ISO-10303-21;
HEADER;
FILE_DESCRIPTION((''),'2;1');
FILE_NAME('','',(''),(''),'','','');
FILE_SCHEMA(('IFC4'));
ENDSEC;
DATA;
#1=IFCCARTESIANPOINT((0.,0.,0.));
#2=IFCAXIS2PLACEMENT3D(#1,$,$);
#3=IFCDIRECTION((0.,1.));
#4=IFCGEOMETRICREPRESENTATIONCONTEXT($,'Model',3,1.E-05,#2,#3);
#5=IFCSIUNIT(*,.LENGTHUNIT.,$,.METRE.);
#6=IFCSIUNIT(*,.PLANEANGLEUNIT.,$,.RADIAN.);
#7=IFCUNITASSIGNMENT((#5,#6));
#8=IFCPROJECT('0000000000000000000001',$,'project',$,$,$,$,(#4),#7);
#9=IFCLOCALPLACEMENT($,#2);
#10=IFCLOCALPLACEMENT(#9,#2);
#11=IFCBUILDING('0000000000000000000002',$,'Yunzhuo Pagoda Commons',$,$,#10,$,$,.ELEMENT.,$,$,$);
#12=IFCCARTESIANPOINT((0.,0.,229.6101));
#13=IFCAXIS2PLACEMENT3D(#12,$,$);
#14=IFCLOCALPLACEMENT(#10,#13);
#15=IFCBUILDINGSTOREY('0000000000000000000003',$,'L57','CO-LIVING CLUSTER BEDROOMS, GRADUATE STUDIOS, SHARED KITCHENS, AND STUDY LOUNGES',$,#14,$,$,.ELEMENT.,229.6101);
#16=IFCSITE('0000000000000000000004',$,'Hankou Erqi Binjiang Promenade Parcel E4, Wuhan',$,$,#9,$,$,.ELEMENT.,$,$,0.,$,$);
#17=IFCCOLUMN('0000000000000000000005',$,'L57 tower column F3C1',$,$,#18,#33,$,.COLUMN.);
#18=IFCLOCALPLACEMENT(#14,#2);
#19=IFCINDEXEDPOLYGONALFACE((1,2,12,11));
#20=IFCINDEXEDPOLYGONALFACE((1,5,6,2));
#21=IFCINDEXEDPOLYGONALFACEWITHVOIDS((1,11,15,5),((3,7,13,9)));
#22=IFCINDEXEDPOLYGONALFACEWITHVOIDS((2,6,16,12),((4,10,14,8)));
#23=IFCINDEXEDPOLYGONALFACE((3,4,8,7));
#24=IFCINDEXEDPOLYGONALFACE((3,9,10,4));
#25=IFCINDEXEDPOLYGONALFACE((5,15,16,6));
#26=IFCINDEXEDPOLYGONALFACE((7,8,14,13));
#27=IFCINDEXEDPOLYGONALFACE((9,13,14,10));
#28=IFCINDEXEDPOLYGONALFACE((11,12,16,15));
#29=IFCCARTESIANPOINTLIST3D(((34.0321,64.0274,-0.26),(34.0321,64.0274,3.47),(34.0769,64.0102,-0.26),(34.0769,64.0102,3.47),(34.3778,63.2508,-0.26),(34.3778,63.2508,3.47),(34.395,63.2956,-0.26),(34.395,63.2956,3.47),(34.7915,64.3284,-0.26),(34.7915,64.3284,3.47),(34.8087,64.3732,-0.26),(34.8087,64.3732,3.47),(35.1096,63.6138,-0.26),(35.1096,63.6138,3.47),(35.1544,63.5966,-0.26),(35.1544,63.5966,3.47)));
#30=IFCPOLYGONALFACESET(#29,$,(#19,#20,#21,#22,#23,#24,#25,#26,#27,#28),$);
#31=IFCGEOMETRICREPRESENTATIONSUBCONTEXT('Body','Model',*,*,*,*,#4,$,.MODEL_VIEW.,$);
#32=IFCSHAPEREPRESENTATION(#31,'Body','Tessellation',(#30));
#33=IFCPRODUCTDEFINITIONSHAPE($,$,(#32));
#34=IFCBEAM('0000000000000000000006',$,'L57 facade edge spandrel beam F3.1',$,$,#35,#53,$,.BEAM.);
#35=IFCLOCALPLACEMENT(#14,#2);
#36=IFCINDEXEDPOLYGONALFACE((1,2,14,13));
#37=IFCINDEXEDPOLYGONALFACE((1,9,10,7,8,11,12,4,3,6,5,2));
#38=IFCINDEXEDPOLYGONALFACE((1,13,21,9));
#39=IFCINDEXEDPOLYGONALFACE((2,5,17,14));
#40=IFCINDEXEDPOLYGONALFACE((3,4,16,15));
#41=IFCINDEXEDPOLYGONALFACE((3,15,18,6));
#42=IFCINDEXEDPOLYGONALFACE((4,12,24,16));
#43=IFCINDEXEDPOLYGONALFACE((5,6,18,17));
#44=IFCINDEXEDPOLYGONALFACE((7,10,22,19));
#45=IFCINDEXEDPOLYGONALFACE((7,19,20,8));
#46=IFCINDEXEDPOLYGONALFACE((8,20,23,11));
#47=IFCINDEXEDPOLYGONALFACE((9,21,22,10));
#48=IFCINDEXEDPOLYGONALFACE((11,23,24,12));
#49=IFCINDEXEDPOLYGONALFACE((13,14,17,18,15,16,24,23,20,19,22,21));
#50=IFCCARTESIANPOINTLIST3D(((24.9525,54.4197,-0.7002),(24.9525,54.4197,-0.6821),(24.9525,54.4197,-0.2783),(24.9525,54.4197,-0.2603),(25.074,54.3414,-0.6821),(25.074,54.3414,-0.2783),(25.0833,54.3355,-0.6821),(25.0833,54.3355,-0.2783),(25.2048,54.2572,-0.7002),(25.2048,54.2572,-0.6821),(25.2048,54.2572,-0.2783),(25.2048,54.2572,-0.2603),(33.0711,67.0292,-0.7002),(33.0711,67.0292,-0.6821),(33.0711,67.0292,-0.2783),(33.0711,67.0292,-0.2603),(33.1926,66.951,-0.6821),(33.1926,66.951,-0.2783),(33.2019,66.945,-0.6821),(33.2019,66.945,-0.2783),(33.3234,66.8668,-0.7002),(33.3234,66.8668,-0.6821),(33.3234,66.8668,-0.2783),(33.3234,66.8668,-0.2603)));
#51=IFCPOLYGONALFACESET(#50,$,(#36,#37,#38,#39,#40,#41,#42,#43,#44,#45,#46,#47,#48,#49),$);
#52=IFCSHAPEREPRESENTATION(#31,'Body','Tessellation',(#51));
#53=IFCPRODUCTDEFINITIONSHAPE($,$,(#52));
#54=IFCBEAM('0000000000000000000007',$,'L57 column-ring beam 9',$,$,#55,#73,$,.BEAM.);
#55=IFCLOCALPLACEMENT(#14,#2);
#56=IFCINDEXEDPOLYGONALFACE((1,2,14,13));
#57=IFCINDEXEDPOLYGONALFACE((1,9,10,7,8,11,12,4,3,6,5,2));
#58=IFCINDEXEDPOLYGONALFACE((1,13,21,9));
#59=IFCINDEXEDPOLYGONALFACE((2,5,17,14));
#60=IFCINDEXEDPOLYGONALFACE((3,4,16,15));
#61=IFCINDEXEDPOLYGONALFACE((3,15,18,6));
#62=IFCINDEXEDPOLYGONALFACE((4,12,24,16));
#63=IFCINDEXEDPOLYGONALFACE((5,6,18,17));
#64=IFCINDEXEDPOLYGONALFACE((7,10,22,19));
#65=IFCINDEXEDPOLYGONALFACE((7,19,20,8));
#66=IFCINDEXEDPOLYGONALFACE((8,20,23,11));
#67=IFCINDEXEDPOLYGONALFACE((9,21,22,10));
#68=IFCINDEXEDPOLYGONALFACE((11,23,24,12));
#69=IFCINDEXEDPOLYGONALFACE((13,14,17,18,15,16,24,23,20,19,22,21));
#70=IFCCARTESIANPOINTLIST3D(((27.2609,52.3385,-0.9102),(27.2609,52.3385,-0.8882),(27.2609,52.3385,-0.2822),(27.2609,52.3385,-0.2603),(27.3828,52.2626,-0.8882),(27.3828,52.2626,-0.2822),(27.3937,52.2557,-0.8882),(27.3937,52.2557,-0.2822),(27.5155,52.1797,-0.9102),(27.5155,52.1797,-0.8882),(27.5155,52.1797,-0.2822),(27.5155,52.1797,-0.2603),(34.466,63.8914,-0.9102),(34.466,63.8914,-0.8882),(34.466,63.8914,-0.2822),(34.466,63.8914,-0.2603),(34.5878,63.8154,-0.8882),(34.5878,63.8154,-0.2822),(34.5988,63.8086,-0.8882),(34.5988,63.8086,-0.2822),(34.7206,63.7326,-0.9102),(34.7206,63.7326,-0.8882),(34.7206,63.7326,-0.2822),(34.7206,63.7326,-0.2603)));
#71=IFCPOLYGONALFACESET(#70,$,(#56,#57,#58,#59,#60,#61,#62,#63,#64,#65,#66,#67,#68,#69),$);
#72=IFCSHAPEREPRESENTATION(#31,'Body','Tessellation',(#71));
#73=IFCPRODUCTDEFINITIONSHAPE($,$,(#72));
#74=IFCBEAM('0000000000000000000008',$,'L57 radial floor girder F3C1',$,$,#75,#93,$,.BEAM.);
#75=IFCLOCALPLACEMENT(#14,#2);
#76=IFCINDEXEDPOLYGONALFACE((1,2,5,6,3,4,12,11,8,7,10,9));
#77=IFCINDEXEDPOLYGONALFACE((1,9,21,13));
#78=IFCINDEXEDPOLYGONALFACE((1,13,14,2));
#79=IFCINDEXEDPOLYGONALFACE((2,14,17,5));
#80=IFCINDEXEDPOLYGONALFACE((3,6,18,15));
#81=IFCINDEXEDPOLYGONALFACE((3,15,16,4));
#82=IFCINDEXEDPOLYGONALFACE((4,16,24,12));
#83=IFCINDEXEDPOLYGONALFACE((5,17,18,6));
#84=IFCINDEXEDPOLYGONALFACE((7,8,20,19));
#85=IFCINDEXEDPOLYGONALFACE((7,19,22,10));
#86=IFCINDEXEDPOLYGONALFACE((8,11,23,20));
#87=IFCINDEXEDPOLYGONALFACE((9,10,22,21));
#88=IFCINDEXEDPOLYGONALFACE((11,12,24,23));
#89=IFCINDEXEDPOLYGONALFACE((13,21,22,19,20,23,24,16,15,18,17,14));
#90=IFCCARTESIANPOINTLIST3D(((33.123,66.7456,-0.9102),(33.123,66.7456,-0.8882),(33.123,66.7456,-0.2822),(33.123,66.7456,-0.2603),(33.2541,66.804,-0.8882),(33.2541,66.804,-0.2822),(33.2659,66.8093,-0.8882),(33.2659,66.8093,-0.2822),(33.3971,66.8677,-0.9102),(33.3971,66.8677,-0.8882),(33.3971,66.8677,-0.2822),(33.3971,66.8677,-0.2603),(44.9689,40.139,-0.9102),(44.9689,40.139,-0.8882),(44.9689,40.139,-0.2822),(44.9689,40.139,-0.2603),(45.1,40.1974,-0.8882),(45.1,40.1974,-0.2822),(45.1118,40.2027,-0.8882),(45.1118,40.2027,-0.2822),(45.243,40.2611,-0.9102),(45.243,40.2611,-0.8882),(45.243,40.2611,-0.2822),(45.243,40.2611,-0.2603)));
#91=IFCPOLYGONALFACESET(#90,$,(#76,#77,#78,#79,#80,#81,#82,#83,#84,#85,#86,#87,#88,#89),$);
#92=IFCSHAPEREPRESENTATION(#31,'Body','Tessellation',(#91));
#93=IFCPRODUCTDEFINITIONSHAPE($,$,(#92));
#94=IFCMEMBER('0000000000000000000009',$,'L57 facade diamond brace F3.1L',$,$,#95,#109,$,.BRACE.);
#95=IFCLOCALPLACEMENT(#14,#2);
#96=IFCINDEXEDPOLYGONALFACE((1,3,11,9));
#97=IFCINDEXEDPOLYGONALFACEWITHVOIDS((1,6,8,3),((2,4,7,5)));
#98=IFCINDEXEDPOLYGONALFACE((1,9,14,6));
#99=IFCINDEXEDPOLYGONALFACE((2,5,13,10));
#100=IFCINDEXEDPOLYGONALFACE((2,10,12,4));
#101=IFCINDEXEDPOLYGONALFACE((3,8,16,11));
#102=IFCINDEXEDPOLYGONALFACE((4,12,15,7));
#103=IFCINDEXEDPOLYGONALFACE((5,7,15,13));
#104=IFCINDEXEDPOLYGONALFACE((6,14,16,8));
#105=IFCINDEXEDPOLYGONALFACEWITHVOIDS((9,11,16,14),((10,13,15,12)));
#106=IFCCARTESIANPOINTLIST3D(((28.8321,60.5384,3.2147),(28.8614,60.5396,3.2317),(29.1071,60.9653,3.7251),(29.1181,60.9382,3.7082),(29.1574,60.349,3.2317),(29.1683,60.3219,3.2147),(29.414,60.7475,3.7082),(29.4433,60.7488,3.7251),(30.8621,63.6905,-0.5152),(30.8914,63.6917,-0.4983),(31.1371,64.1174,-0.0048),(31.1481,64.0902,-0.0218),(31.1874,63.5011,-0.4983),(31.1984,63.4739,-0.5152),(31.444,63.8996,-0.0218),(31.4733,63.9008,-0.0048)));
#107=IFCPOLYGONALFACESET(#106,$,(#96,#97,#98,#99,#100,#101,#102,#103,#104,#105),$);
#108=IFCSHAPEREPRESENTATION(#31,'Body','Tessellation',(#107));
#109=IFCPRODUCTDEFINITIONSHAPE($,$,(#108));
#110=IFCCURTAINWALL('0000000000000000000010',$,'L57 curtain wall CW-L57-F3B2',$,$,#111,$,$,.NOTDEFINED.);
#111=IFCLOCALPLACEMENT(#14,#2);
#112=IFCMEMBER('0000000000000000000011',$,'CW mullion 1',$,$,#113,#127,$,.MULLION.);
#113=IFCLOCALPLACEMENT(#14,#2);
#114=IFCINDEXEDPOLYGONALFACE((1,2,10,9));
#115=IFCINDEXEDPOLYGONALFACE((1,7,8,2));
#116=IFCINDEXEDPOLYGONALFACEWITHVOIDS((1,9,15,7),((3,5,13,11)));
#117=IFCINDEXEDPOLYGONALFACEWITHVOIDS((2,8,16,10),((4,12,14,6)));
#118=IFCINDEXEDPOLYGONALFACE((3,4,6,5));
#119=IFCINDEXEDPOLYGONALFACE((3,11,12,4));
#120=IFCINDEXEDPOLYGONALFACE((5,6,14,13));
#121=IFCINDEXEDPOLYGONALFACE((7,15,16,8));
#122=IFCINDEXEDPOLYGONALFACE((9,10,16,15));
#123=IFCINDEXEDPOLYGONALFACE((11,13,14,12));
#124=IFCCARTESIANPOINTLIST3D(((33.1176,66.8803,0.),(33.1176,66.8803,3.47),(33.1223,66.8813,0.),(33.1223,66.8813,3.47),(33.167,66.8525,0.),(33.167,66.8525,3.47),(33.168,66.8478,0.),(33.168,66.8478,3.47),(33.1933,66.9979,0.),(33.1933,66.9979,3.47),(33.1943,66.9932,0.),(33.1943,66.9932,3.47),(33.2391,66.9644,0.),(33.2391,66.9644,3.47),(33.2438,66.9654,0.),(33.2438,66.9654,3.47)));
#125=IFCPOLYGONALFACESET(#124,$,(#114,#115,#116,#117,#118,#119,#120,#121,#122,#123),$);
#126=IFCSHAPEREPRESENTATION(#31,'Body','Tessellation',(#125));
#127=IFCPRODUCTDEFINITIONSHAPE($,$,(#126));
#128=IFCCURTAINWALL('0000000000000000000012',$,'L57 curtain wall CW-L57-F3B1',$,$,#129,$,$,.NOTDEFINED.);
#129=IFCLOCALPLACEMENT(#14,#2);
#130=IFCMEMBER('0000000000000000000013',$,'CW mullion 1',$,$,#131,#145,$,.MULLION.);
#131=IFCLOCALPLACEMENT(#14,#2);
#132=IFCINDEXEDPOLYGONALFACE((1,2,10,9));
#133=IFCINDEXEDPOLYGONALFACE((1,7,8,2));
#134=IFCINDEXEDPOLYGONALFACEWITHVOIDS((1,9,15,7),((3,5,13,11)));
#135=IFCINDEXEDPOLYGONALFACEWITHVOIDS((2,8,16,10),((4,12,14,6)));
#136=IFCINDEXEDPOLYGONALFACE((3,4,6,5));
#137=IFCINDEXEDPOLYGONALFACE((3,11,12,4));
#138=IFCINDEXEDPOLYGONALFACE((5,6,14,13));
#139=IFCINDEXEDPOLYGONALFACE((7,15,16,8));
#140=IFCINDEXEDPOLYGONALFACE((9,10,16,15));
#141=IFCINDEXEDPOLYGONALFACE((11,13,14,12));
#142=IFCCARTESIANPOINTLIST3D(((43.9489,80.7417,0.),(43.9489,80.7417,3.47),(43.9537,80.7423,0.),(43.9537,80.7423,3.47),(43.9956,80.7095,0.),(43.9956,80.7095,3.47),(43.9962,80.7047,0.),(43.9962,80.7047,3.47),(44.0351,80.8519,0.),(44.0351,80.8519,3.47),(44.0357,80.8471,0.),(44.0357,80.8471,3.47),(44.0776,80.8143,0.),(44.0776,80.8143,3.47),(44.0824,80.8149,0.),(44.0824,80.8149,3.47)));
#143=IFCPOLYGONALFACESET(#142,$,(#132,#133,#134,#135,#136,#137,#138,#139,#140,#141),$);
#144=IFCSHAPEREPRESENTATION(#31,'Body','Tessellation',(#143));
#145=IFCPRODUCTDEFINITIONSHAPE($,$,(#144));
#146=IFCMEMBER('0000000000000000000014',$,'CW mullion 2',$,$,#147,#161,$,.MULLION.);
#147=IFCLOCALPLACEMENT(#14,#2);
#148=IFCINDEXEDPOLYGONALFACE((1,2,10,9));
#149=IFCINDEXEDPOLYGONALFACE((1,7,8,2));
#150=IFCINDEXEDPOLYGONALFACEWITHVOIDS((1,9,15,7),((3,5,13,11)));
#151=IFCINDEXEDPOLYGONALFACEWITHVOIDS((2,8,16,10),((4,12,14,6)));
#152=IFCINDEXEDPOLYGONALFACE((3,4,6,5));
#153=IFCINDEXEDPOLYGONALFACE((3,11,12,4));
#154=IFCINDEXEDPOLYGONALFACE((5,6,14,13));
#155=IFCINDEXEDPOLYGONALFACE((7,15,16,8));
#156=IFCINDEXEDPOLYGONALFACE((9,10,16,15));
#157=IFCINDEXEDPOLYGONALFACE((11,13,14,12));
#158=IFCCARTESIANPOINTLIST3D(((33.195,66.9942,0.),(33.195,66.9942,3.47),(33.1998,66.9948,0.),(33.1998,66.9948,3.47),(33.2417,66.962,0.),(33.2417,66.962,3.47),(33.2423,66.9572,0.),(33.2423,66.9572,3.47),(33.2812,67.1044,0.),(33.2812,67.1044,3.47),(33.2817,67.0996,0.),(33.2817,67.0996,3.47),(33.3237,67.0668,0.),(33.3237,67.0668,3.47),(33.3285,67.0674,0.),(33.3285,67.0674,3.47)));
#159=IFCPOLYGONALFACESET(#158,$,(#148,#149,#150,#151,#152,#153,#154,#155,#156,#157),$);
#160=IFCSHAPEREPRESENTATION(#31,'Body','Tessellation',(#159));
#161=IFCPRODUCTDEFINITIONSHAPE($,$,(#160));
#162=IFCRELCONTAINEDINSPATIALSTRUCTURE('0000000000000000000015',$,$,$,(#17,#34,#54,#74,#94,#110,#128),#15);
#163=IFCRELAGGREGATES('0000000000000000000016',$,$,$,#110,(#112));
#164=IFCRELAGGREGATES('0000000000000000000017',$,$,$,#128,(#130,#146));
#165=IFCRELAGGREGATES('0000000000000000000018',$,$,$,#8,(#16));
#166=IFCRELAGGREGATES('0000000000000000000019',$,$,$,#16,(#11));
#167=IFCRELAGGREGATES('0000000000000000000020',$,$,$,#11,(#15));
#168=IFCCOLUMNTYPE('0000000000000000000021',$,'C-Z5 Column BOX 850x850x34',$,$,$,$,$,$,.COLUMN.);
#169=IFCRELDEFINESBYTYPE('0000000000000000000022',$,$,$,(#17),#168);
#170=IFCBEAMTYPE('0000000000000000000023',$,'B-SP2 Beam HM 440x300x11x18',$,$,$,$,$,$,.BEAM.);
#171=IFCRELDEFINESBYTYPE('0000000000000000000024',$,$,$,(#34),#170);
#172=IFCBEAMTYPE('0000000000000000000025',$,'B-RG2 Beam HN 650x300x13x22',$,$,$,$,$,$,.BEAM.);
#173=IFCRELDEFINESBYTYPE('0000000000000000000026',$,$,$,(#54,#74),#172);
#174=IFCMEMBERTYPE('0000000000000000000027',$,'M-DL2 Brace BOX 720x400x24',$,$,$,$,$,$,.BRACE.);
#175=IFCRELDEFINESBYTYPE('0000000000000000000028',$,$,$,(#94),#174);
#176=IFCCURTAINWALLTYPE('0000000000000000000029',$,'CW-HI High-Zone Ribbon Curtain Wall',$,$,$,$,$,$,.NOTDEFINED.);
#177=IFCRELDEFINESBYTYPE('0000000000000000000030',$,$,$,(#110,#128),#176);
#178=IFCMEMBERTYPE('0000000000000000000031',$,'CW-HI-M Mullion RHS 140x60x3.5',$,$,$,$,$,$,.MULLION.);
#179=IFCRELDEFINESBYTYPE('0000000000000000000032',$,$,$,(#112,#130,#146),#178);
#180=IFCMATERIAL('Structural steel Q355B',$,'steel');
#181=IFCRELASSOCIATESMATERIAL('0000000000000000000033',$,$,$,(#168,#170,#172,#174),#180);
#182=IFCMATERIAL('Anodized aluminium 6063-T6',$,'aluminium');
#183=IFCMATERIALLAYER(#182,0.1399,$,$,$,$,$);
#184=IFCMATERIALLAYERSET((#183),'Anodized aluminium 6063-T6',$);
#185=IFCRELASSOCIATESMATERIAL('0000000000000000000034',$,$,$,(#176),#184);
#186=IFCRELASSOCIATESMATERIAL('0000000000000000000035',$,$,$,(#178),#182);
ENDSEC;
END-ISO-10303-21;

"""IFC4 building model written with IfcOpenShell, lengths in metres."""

from ifc_helpers import new_model, si_unit, direction, frame, origin, origin_2d, place, context, subcontext, project, spatial, hollow_rectangle, i_section, extrude, source, transform, mapped, material, layer, layer_set, material_profile, profile_set, type_object, element, aggregate, save


model = new_model("IFC4")

# Units and contexts
model_context = context("Model", 3, precision=1e-05, world=origin(), true_north=direction((0.0, 1.0)))
body_context = subcontext(model_context, "Body", "Model", "MODEL_VIEW")
ifc_project = project(units=[si_unit("LENGTHUNIT", "METRE"), si_unit("PLANEANGLEUNIT", "RADIAN")], contexts=[model_context])

# Site, building, storey
site_placement = place(None, origin())
site = spatial("IfcSite", under=ifc_project, at=site_placement, Name="Hankou Erqi Binjiang Promenade Parcel E4, Wuhan", CompositionType="ELEMENT", RefElevation=0.0)
building_placement = place(site_placement, origin())
building = spatial("IfcBuilding", under=site, at=building_placement, Name="Yunzhuo Pagoda Commons", CompositionType="ELEMENT")
storey_placement = place(building_placement, frame((0.0, 0.0, 229.6101)))
storey = spatial("IfcBuildingStorey", under=building, at=storey_placement, Name="L57", Description="CO-LIVING CLUSTER BEDROOMS, GRADUATE STUDIOS, SHARED KITCHENS, AND STUDY LOUNGES", CompositionType="ELEMENT", Elevation=229.6101)

# Column
ifc_material_1 = material(Name="Structural steel Q355B", Category="steel")
ifc_material_profile_1 = material_profile(ifc_material_1, hollow_rectangle(XDim=0.8501, YDim=0.8501, WallThickness=0.0339, at=origin_2d()), Name="Structural steel Q355B")
ifc_profile_set_1 = profile_set([ifc_material_profile_1], Name="Structural steel Q355B")
column_type = type_object("IfcColumnType", Name="C-Z5 Column BOX 850x850x34", PredefinedType="COLUMN", material=ifc_profile_set_1)
shared_shape_1 = source(origin(), body_context, "Body", "SweptSolid", [
    extrude(hollow_rectangle(XDim=0.8501, YDim=0.8501, WallThickness=0.0339, at=origin_2d()), origin(), (0.0, 0.0, 1.0), 3.73),
])
column_placement = place(storey_placement, frame((34.5933, 63.812, -0.26), z_axis=(0.0, 0.0, 1.0), x_axis=(-0.913545, -0.406737, 0.0)))
element("IfcColumn", 1, at=column_placement, inside=storey, type_object=column_type, Name="L57 tower column F3C1", PredefinedType="COLUMN", context=body_context, shape_type="MappedRepresentation", body=[
    mapped(shared_shape_1, transform((0.0, 0.0, 0.0), scale=1.0)),
])

# Beams
ifc_material_profile_2 = material_profile(ifc_material_1, i_section(OverallWidth=0.3, OverallDepth=0.4399, WebThickness=0.011, FlangeThickness=0.0181, at=origin_2d()), Name="Structural steel Q355B")
ifc_profile_set_2 = profile_set([ifc_material_profile_2], Name="Structural steel Q355B")
beam_type_1 = type_object("IfcBeamType", Name="B-SP2 Beam HM 440x300x11x18", PredefinedType="BEAM", material=ifc_profile_set_2)
shared_shape_2 = source(origin(), body_context, "Body", "SweptSolid", [
    extrude(i_section(OverallWidth=0.3, OverallDepth=0.4399, WebThickness=0.011, FlangeThickness=0.0181, at=origin_2d()), origin(), (0.0, 0.0, 1.0), 14.9971),
])
beam_1_placement = place(storey_placement, frame((33.1973, 66.948, -0.4802), z_axis=(-0.541346, -0.8408, 0.0), x_axis=(0.8408, -0.541346, 0.0)))
element("IfcBeam", 2, at=beam_1_placement, inside=storey, type_object=beam_type_1, Name="L57 facade edge spandrel beam F3.1", PredefinedType="BEAM", context=body_context, shape_type="MappedRepresentation", body=[
    mapped(shared_shape_2, transform((0.0, 0.0, 0.0), scale=1.0)),
])
ifc_material_profile_3 = material_profile(ifc_material_1, i_section(OverallWidth=0.3, OverallDepth=0.6499, WebThickness=0.0129, FlangeThickness=0.022, at=origin_2d()), Name="Structural steel Q355B")
ifc_profile_set_3 = profile_set([ifc_material_profile_3], Name="Structural steel Q355B")
beam_type_2 = type_object("IfcBeamType", Name="B-RG2 Beam HN 650x300x13x22", PredefinedType="BEAM", material=ifc_profile_set_3)
shared_shape_3 = source(origin(), body_context, "Body", "SweptSolid", [
    extrude(i_section(OverallWidth=0.3, OverallDepth=0.6499, WebThickness=0.0129, FlangeThickness=0.022, at=origin_2d()), origin(), (0.0, 0.0, 1.0), 13.6155),
])
beam_2_placement = place(storey_placement, frame((34.5933, 63.812, -0.5852), z_axis=(-0.529178, -0.848511, 0.0), x_axis=(0.848511, -0.529178, 0.0)))
element("IfcBeam", 3, at=beam_2_placement, inside=storey, type_object=beam_type_2, Name="L57 column-ring beam 9", PredefinedType="BEAM", context=body_context, shape_type="MappedRepresentation", body=[
    mapped(shared_shape_3, transform((0.0, 0.0, 0.0), scale=1.0)),
])
shared_shape_4 = source(origin(), body_context, "Body", "SweptSolid", [
    extrude(i_section(OverallWidth=0.3, OverallDepth=0.6499, WebThickness=0.0129, FlangeThickness=0.022, at=origin_2d()), origin(), (0.0, 0.0, 1.0), 29.1245),
])
beam_3_placement = place(storey_placement, frame((33.26, 66.8066, -0.5852), z_axis=(0.406733, -0.913547, 0.0), x_axis=(0.913547, 0.406733, 0.0)))
element("IfcBeam", 4, at=beam_3_placement, inside=storey, type_object=beam_type_2, Name="L57 radial floor girder F3C1", PredefinedType="BEAM", context=body_context, shape_type="MappedRepresentation", body=[
    mapped(shared_shape_4, transform((0.0, 0.0, 0.0), scale=1.0)),
])

# Member
ifc_material_profile_4 = material_profile(ifc_material_1, hollow_rectangle(XDim=0.3999, YDim=0.72, WallThickness=0.0239, at=origin_2d()), Name="Structural steel Q355B")
ifc_profile_set_4 = profile_set([ifc_material_profile_4], Name="Structural steel Q355B")
member_type_1 = type_object("IfcMemberType", Name="M-DL2 Brace BOX 720x400x24", PredefinedType="BRACE", material=ifc_profile_set_4)
shared_shape_5 = source(origin(), body_context, "Body", "SweptSolid", [
    extrude(hollow_rectangle(XDim=0.3999, YDim=0.72, WallThickness=0.0239, at=origin_2d()), origin(), (0.0, 0.0, 1.0), 5.2886),
])
member_1_placement = place(storey_placement, frame((31.1677, 63.7957, -0.26), z_axis=(-0.383849, -0.596015, 0.705284), x_axis=(0.840732, -0.541452, 0.0)))
element("IfcMember", 5, at=member_1_placement, inside=storey, type_object=member_type_1, Name="L57 facade diamond brace F3.1L", PredefinedType="BRACE", context=body_context, shape_type="MappedRepresentation", body=[
    mapped(shared_shape_5, transform((0.0, 0.0, 0.0), scale=1.0)),
])

# Curtain wall, member
ifc_material_2 = material(Name="Anodized aluminium 6063-T6", Category="aluminium")
ifc_layer_1 = layer(ifc_material_2, 0.1399)
ifc_layer_set_1 = layer_set([ifc_layer_1], Name="Anodized aluminium 6063-T6")
curtain_wall_type = type_object("IfcCurtainWallType", Name="CW-HI High-Zone Ribbon Curtain Wall", PredefinedType="NOTDEFINED", material=ifc_layer_set_1)
curtain_wall_1_placement = place(storey_placement, origin())
curtain_wall_1 = element("IfcCurtainWall", 6, at=curtain_wall_1_placement, inside=storey, type_object=curtain_wall_type, Name="L57 curtain wall CW-L57-F3B2", PredefinedType="NOTDEFINED")
ifc_material_profile_5 = material_profile(ifc_material_2, hollow_rectangle(XDim=0.0601, YDim=0.1399, WallThickness=0.0034, at=origin_2d()), Name="Anodized aluminium 6063-T6")
ifc_profile_set_5 = profile_set([ifc_material_profile_5], Name="Anodized aluminium 6063-T6")
member_type_2 = type_object("IfcMemberType", Name="CW-HI-M Mullion RHS 140x60x3.5", PredefinedType="MULLION", material=ifc_profile_set_5)
shared_shape_6 = source(origin(), body_context, "Body", "SweptSolid", [
    extrude(hollow_rectangle(XDim=0.0601, YDim=0.1399, WallThickness=0.0034, at=origin_2d()), origin(), (0.0, 0.0, 1.0), 3.47),
])
member_2_placement = place(storey_placement, frame((33.1807, 66.9229, 0.0), z_axis=(0.0, 0.0, 1.0), x_axis=(0.840807, -0.541334, 0.0)))
member_2 = element("IfcMember", 7, at=member_2_placement, type_object=member_type_2, Name="CW mullion 1", PredefinedType="MULLION", context=body_context, shape_type="MappedRepresentation", body=[
    mapped(shared_shape_6, transform((0.0, 0.0, 0.0), scale=1.0)),
])

# Curtain wall, members
curtain_wall_2_placement = place(storey_placement, origin())
curtain_wall_2 = element("IfcCurtainWall", 8, at=curtain_wall_2_placement, inside=storey, type_object=curtain_wall_type, Name="L57 curtain wall CW-L57-F3B1", PredefinedType="NOTDEFINED")
member_3_placement = place(storey_placement, frame((44.0156, 80.7783, 0.0), z_axis=(0.0, 0.0, 1.0), x_axis=(0.787639, -0.616136, 0.0)))
member_3 = element("IfcMember", 9, at=member_3_placement, type_object=member_type_2, Name="CW mullion 1", PredefinedType="MULLION", context=body_context, shape_type="MappedRepresentation", body=[
    mapped(shared_shape_6, transform((0.0, 0.0, 0.0), scale=1.0)),
])
member_4_placement = place(storey_placement, frame((33.2617, 67.0308, 0.0), z_axis=(0.0, 0.0, 1.0), x_axis=(0.787639, -0.616136, 0.0)))
member_4 = element("IfcMember", 10, at=member_4_placement, type_object=member_type_2, Name="CW mullion 2", PredefinedType="MULLION", context=body_context, shape_type="MappedRepresentation", body=[
    mapped(shared_shape_6, transform((0.0, 0.0, 0.0), scale=1.0)),
])

aggregate(curtain_wall_1, [member_2])
aggregate(curtain_wall_2, [member_3, member_4])

save(model, "model.ifc")
